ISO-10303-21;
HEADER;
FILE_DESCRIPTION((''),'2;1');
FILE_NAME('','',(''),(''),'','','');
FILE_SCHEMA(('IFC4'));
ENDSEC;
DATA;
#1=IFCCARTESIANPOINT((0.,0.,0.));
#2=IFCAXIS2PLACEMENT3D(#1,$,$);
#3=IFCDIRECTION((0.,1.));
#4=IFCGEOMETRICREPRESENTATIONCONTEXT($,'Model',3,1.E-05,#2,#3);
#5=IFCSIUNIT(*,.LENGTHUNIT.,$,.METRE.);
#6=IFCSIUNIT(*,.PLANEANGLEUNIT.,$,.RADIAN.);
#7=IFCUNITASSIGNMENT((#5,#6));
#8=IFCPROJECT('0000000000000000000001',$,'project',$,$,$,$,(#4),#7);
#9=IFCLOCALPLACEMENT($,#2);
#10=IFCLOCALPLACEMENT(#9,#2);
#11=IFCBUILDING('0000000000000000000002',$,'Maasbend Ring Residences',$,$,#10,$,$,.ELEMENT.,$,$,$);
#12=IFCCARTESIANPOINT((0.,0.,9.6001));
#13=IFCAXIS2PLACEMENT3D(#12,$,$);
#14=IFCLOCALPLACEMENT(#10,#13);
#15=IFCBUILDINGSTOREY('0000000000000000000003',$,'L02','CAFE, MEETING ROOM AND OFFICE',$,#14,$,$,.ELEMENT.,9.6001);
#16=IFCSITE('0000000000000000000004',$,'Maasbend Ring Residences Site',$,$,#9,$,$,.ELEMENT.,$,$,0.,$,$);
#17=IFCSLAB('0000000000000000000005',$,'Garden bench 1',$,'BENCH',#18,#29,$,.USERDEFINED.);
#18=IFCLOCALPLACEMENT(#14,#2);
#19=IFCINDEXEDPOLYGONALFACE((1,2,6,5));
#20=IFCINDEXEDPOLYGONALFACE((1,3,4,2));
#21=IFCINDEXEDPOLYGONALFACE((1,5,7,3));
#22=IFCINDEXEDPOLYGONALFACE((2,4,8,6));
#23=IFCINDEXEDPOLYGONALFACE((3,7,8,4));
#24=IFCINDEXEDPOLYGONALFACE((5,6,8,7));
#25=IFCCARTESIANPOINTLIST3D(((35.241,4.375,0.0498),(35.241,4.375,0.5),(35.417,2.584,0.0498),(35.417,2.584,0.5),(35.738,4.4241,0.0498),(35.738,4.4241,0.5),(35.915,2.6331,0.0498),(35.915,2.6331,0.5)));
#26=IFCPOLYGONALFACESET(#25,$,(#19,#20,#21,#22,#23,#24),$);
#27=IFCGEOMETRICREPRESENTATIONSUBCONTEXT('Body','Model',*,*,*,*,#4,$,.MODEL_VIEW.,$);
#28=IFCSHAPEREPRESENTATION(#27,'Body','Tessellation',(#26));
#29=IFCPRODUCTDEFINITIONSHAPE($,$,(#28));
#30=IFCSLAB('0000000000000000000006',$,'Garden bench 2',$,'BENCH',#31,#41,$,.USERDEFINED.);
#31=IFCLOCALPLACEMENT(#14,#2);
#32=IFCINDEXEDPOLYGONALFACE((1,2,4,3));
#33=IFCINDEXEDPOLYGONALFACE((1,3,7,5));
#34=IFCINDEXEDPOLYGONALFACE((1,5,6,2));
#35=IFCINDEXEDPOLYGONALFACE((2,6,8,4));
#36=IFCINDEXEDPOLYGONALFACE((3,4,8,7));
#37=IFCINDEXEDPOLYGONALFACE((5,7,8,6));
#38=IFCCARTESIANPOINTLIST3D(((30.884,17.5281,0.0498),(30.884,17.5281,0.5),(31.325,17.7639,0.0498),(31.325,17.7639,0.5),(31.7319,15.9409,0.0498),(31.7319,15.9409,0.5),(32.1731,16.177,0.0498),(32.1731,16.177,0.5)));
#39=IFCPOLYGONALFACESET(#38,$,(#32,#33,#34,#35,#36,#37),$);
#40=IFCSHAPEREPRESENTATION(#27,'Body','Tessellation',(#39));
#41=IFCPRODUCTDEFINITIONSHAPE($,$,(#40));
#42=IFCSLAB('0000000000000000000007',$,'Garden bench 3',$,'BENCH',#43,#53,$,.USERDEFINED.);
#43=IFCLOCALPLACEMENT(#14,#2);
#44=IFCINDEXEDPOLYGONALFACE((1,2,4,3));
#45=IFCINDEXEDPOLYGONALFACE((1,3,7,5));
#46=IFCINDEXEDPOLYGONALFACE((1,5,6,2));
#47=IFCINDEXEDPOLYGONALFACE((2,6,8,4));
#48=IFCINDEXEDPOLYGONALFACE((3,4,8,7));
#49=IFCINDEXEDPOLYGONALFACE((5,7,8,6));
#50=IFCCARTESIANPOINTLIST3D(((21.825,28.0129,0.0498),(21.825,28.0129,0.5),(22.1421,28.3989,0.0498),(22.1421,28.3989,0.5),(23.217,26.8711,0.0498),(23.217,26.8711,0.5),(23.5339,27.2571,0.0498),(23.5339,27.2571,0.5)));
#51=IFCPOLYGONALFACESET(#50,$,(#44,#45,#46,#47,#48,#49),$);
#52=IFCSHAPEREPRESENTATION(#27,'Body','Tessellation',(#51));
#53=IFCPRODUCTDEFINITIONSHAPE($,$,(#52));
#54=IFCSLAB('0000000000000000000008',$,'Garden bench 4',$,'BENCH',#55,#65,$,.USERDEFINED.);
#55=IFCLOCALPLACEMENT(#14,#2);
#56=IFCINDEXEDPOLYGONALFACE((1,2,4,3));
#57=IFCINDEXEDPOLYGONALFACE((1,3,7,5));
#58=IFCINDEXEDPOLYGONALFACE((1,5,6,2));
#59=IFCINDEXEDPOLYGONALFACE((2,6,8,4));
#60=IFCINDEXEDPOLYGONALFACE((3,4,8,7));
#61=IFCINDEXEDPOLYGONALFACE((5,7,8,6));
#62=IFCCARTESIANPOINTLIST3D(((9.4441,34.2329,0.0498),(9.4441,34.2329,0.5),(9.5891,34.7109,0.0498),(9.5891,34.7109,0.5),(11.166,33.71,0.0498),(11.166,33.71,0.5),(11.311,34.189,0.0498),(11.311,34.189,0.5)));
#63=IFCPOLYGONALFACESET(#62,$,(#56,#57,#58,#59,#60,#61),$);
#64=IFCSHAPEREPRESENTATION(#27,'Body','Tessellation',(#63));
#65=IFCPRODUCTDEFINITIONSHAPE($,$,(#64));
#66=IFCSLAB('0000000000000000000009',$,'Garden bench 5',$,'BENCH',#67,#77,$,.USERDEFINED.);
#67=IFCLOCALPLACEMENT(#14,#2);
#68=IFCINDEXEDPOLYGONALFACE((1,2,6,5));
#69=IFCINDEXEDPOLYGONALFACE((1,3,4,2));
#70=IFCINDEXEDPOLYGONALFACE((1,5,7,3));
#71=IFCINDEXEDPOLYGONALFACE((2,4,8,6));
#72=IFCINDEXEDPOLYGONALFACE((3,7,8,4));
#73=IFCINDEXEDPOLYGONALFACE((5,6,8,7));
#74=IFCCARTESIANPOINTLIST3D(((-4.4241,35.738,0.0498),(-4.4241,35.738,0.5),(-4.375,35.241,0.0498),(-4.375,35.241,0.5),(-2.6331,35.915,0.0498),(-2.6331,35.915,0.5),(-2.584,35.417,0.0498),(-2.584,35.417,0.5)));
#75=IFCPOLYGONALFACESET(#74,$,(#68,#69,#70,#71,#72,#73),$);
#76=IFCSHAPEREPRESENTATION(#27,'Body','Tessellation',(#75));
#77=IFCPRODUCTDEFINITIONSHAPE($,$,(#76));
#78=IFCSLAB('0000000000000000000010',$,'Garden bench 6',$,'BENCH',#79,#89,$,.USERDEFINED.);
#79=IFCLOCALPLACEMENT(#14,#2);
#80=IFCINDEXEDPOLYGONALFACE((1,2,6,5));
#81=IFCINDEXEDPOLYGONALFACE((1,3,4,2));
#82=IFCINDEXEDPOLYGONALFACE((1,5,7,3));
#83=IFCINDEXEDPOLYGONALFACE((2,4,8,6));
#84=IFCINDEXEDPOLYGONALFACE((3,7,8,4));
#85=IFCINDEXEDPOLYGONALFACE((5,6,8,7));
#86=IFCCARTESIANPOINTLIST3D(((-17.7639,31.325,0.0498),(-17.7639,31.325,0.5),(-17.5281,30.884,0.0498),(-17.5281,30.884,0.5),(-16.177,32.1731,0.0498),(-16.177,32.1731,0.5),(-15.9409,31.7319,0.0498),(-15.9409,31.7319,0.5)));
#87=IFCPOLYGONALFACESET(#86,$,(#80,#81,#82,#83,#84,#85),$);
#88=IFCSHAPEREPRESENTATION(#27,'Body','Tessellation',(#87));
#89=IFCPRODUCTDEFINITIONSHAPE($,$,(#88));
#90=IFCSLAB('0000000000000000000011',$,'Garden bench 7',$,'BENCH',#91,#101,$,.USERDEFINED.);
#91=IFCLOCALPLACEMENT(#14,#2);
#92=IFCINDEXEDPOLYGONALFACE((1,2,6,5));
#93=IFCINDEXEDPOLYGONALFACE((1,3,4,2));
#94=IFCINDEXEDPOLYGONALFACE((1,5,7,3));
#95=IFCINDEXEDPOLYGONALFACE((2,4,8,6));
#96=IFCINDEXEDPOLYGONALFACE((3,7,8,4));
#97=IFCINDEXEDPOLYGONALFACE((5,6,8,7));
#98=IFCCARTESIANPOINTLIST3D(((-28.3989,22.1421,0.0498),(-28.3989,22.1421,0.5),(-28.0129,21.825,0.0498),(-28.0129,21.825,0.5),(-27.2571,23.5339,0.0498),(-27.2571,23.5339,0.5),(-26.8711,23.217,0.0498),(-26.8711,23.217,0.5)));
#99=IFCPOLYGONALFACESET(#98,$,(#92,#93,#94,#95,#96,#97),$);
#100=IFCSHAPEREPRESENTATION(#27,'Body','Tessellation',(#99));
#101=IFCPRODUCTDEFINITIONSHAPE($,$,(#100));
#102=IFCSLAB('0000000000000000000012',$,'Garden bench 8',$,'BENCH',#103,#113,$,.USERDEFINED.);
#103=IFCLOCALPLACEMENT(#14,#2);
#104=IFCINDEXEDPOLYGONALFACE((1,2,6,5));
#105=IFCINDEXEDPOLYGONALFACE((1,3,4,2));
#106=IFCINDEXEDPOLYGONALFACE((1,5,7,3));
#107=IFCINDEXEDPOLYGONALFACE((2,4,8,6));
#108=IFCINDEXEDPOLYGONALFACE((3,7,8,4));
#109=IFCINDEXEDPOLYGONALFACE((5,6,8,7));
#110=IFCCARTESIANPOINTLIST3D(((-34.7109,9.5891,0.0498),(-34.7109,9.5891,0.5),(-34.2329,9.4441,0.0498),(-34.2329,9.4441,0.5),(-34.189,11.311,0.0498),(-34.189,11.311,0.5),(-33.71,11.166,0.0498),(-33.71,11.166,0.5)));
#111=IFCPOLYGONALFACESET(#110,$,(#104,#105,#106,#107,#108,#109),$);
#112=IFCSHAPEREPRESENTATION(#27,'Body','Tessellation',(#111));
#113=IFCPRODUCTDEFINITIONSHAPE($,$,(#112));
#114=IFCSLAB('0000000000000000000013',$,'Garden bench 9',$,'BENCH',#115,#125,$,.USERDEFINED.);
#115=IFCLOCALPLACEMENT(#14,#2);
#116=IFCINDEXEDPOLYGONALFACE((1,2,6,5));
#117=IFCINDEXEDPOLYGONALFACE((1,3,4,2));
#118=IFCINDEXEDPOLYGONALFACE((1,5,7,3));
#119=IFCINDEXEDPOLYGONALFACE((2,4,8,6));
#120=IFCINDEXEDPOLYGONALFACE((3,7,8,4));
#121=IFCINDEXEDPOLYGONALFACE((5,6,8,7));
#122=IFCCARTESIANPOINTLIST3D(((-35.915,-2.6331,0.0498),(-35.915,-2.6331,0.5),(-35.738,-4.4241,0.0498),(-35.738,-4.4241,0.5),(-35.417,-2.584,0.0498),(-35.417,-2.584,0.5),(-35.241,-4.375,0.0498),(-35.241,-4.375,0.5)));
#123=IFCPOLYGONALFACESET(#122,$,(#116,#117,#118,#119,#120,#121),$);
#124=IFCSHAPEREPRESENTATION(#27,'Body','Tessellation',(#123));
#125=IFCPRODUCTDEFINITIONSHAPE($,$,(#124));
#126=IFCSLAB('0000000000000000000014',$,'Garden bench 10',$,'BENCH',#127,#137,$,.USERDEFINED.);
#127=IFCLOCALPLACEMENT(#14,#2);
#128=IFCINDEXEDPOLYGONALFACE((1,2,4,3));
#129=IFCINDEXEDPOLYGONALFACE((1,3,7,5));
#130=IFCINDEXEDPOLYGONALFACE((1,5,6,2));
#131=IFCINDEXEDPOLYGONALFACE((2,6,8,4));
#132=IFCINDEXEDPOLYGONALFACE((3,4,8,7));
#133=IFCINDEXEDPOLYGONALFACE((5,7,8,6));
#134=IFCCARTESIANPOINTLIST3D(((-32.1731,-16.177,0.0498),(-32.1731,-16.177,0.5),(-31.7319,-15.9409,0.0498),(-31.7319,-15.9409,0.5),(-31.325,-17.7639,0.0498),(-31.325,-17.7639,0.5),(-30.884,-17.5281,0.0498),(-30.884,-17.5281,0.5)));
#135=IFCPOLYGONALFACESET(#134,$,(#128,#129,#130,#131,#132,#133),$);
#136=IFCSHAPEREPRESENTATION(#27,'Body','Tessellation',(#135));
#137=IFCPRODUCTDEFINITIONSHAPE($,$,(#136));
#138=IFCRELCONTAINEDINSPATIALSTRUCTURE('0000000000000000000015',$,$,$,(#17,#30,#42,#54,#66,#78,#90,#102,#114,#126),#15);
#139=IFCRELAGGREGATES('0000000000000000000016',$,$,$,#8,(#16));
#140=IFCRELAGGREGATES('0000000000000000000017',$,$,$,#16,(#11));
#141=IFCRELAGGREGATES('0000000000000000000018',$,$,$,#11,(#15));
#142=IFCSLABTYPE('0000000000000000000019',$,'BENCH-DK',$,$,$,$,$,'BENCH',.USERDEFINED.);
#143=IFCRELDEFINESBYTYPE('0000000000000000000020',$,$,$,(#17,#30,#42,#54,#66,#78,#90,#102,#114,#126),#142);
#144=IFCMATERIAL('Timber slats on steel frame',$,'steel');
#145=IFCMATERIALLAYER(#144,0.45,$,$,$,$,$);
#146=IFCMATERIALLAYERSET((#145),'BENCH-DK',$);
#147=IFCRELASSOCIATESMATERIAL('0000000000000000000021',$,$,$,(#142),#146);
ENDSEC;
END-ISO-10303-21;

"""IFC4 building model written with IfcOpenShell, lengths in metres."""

from ifc_helpers import new_model, si_unit, direction, frame, origin, place, context, subcontext, project, spatial, polyline, outline, extrude, material, layer, layer_set, type_object, element, save


model = new_model("IFC4")

# Units and contexts
model_context = context("Model", 3, precision=1e-05, world=origin(), true_north=direction((0.0, 1.0)))
body_context = subcontext(model_context, "Body", "Model", "MODEL_VIEW")
ifc_project = project(units=[si_unit("LENGTHUNIT", "METRE"), si_unit("PLANEANGLEUNIT", "RADIAN")], contexts=[model_context])

# Site, building, storey
site_placement = place(None, origin())
site = spatial("IfcSite", under=ifc_project, at=site_placement, Name="Maasbend Ring Residences Site", CompositionType="ELEMENT", RefElevation=0.0)
building_placement = place(site_placement, origin())
building = spatial("IfcBuilding", under=site, at=building_placement, Name="Maasbend Ring Residences", CompositionType="ELEMENT")
storey_placement = place(building_placement, frame((0.0, 0.0, 9.6001)))
storey = spatial("IfcBuildingStorey", under=building, at=storey_placement, Name="L02", Description="CAFE, MEETING ROOM AND OFFICE", CompositionType="ELEMENT", Elevation=9.6001)

# Slabs
ifc_material_1 = material(Name="Timber slats on steel frame", Category="steel")
ifc_layer_1 = layer(ifc_material_1, 0.45)
ifc_layer_set_1 = layer_set([ifc_layer_1], Name="BENCH-DK")
slab_type_1 = type_object("IfcSlabType", Name="BENCH-DK", ElementType="BENCH", PredefinedType="USERDEFINED", material=ifc_layer_set_1)
slab_1_placement = place(storey_placement, frame((0.0, 0.0, 0.0498)))
element("IfcSlab", 1, at=slab_1_placement, inside=storey, type_object=slab_type_1, Name="Garden bench 1", ObjectType="BENCH", PredefinedType="USERDEFINED", context=body_context, shape_type="SweptSolid", body=[
    extrude(outline(polyline([(35.915, 2.6331), (35.738, 4.4241), (35.241, 4.375), (35.417, 2.584), (35.915, 2.6331)])), origin(), (0.0, 0.0, 1.0), 0.4502),
])
slab_2_placement = place(storey_placement, frame((0.0, 0.0, 0.0498)))
element("IfcSlab", 2, at=slab_2_placement, inside=storey, type_object=slab_type_1, Name="Garden bench 2", ObjectType="BENCH", PredefinedType="USERDEFINED", context=body_context, shape_type="SweptSolid", body=[
    extrude(outline(polyline([(32.1731, 16.177), (31.325, 17.7639), (30.884, 17.5281), (31.7319, 15.9409), (32.1731, 16.177)])), origin(), (0.0, 0.0, 1.0), 0.4502),
])
slab_3_placement = place(storey_placement, frame((0.0, 0.0, 0.0498)))
element("IfcSlab", 3, at=slab_3_placement, inside=storey, type_object=slab_type_1, Name="Garden bench 3", ObjectType="BENCH", PredefinedType="USERDEFINED", context=body_context, shape_type="SweptSolid", body=[
    extrude(outline(polyline([(23.5339, 27.2571), (22.1421, 28.3989), (21.825, 28.0129), (23.217, 26.8711), (23.5339, 27.2571)])), origin(), (0.0, 0.0, 1.0), 0.4502),
])
slab_4_placement = place(storey_placement, frame((0.0, 0.0, 0.0498)))
element("IfcSlab", 4, at=slab_4_placement, inside=storey, type_object=slab_type_1, Name="Garden bench 4", ObjectType="BENCH", PredefinedType="USERDEFINED", context=body_context, shape_type="SweptSolid", body=[
    extrude(outline(polyline([(11.311, 34.189), (9.5891, 34.7109), (9.4441, 34.2329), (11.166, 33.71), (11.311, 34.189)])), origin(), (0.0, 0.0, 1.0), 0.4502),
])
slab_5_placement = place(storey_placement, frame((0.0, 0.0, 0.0498)))
element("IfcSlab", 5, at=slab_5_placement, inside=storey, type_object=slab_type_1, Name="Garden bench 5", ObjectType="BENCH", PredefinedType="USERDEFINED", context=body_context, shape_type="SweptSolid", body=[
    extrude(outline(polyline([(-2.6331, 35.915), (-4.4241, 35.738), (-4.375, 35.241), (-2.584, 35.417), (-2.6331, 35.915)])), origin(), (0.0, 0.0, 1.0), 0.4502),
])
slab_6_placement = place(storey_placement, frame((0.0, 0.0, 0.0498)))
element("IfcSlab", 6, at=slab_6_placement, inside=storey, type_object=slab_type_1, Name="Garden bench 6", ObjectType="BENCH", PredefinedType="USERDEFINED", context=body_context, shape_type="SweptSolid", body=[
    extrude(outline(polyline([(-16.177, 32.1731), (-17.7639, 31.325), (-17.5281, 30.884), (-15.9409, 31.7319), (-16.177, 32.1731)])), origin(), (0.0, 0.0, 1.0), 0.4502),
])
slab_7_placement = place(storey_placement, frame((0.0, 0.0, 0.0498)))
element("IfcSlab", 7, at=slab_7_placement, inside=storey, type_object=slab_type_1, Name="Garden bench 7", ObjectType="BENCH", PredefinedType="USERDEFINED", context=body_context, shape_type="SweptSolid", body=[
    extrude(outline(polyline([(-27.2571, 23.5339), (-28.3989, 22.1421), (-28.0129, 21.825), (-26.8711, 23.217), (-27.2571, 23.5339)])), origin(), (0.0, 0.0, 1.0), 0.4502),
])
slab_8_placement = place(storey_placement, frame((0.0, 0.0, 0.0498)))
element("IfcSlab", 8, at=slab_8_placement, inside=storey, type_object=slab_type_1, Name="Garden bench 8", ObjectType="BENCH", PredefinedType="USERDEFINED", context=body_context, shape_type="SweptSolid", body=[
    extrude(outline(polyline([(-34.189, 11.311), (-34.7109, 9.5891), (-34.2329, 9.4441), (-33.71, 11.166), (-34.189, 11.311)])), origin(), (0.0, 0.0, 1.0), 0.4502),
])
slab_9_placement = place(storey_placement, frame((0.0, 0.0, 0.0498)))
element("IfcSlab", 9, at=slab_9_placement, inside=storey, type_object=slab_type_1, Name="Garden bench 9", ObjectType="BENCH", PredefinedType="USERDEFINED", context=body_context, shape_type="SweptSolid", body=[
    extrude(outline(polyline([(-35.915, -2.6331), (-35.738, -4.4241), (-35.241, -4.375), (-35.417, -2.584), (-35.915, -2.6331)])), origin(), (0.0, 0.0, 1.0), 0.4502),
])
slab_10_placement = place(storey_placement, frame((0.0, 0.0, 0.0498)))
element("IfcSlab", 10, at=slab_10_placement, inside=storey, type_object=slab_type_1, Name="Garden bench 10", ObjectType="BENCH", PredefinedType="USERDEFINED", context=body_context, shape_type="SweptSolid", body=[
    extrude(outline(polyline([(-32.1731, -16.177), (-31.325, -17.7639), (-30.884, -17.5281), (-31.7319, -15.9409), (-32.1731, -16.177)])), origin(), (0.0, 0.0, 1.0), 0.4502),
])

save(model, "model.ifc")
